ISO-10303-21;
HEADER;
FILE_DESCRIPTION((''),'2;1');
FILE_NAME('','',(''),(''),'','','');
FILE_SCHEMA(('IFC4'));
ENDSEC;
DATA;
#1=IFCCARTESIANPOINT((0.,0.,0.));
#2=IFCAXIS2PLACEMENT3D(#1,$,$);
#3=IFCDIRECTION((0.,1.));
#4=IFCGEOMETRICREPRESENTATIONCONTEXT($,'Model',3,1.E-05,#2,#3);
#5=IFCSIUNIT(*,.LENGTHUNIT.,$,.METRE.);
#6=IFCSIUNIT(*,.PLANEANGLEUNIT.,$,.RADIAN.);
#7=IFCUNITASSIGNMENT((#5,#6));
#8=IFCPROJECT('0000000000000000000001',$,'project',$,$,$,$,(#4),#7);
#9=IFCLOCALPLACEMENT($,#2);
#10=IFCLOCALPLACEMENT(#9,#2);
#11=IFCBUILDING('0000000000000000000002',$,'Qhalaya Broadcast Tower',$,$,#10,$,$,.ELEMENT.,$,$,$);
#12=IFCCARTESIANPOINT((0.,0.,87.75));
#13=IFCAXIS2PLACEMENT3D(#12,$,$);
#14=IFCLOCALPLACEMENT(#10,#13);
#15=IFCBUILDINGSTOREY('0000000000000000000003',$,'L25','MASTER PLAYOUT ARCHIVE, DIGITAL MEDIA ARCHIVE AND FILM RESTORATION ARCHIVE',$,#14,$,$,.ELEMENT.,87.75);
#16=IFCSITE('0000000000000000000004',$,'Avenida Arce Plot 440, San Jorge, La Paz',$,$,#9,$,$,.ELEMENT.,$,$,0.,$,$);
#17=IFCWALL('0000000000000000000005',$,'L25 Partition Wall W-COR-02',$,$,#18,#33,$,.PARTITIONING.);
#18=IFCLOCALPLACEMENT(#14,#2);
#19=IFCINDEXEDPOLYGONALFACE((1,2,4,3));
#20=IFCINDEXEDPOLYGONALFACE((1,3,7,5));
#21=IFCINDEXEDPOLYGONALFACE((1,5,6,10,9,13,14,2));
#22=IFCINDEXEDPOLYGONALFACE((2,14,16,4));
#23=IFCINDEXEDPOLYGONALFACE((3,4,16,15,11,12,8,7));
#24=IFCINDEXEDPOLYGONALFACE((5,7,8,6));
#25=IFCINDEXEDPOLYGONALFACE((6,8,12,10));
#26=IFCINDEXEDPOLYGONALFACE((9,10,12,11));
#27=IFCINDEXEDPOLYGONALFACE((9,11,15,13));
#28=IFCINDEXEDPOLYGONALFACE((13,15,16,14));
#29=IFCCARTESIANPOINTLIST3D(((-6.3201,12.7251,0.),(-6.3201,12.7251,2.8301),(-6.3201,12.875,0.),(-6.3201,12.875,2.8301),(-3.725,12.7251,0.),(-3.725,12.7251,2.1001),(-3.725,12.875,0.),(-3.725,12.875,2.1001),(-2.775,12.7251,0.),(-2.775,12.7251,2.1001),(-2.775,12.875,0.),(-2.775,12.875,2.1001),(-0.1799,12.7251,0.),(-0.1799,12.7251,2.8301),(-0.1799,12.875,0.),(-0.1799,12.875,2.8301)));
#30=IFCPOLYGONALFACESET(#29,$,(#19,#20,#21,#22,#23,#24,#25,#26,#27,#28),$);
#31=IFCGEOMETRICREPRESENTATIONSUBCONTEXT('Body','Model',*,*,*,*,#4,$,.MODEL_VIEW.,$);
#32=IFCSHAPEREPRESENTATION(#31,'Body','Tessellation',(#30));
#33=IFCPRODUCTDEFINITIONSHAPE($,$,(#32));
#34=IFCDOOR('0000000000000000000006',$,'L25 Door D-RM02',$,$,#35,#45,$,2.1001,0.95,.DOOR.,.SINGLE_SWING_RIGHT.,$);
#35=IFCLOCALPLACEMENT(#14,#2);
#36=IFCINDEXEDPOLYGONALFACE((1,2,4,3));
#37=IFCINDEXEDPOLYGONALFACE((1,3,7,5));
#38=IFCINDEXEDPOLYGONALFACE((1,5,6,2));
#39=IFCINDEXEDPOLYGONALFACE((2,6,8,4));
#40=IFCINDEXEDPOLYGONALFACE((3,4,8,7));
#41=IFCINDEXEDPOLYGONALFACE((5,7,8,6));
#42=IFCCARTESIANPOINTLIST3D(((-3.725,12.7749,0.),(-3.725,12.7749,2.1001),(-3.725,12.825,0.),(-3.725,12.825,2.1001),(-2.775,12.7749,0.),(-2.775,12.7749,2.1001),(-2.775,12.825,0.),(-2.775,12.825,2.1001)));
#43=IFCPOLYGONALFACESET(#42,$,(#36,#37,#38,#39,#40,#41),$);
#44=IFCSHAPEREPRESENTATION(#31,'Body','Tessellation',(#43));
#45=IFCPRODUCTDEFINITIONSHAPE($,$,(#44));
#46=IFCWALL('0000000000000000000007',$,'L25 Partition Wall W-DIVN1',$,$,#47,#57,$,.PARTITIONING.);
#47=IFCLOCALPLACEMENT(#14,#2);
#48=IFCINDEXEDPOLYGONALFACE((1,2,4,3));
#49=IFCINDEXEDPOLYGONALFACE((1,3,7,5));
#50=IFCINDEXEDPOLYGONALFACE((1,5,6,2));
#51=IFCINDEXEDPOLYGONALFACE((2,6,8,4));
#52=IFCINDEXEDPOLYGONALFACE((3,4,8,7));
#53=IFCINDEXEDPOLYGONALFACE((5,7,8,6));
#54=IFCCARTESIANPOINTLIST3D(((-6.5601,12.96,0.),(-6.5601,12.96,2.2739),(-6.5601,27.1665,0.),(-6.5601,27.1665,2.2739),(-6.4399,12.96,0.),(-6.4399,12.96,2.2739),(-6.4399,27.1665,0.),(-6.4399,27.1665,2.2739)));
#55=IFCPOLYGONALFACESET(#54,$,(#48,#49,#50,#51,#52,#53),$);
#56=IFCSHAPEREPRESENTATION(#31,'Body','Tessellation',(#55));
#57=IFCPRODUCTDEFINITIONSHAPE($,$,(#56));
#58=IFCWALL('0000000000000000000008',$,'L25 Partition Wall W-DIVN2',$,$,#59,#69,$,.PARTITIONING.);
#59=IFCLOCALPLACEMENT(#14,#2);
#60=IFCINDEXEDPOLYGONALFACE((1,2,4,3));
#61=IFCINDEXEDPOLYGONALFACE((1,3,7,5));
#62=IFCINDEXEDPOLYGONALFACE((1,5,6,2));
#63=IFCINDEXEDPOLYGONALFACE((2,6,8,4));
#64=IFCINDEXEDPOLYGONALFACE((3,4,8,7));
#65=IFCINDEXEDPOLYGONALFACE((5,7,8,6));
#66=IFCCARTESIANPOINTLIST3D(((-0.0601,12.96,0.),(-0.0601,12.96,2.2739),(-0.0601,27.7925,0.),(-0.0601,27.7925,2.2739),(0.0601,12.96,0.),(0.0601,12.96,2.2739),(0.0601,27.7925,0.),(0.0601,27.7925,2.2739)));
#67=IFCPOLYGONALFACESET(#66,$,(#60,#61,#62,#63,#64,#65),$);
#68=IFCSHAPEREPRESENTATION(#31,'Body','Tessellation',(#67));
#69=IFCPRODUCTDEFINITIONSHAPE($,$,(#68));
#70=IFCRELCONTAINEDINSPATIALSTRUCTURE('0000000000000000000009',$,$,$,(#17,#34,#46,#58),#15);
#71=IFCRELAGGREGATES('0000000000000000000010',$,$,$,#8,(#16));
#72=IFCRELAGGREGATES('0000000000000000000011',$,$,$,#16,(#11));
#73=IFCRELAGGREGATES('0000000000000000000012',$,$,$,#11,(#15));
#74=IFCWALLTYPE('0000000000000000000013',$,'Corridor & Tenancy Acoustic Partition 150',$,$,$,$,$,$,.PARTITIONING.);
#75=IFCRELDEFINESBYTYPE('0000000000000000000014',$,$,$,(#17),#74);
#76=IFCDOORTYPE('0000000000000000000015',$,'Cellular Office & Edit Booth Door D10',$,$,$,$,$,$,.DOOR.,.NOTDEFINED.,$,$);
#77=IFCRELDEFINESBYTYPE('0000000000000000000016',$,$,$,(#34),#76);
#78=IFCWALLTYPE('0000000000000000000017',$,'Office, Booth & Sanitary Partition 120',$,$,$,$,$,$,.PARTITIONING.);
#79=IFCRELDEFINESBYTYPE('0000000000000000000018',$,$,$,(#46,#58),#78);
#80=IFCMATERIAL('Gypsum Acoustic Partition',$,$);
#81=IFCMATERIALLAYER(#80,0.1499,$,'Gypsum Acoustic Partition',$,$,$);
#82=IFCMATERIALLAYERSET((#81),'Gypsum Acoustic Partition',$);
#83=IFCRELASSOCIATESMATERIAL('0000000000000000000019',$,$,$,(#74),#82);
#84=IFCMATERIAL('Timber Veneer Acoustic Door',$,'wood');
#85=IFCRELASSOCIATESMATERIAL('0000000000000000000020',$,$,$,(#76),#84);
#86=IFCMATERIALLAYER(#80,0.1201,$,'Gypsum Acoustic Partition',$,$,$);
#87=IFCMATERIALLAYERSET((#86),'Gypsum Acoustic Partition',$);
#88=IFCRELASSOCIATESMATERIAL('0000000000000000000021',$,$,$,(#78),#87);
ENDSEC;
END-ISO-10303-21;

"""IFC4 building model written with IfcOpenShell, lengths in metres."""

from ifc_helpers import new_model, si_unit, direction, frame, frame_2d, origin, place, context, subcontext, project, spatial, rectangle, extrude, material, layer, layer_set, type_object, element, fill, save


model = new_model("IFC4")

# Units and contexts
model_context = context("Model", 3, precision=1e-05, world=origin(), true_north=direction((0.0, 1.0)))
body_context = subcontext(model_context, "Body", "Model", "MODEL_VIEW")
ifc_project = project(units=[si_unit("LENGTHUNIT", "METRE"), si_unit("PLANEANGLEUNIT", "RADIAN")], contexts=[model_context])

# Site, building, storey
site_placement = place(None, origin())
site = spatial("IfcSite", under=ifc_project, at=site_placement, Name="Avenida Arce Plot 440, San Jorge, La Paz", CompositionType="ELEMENT", RefElevation=0.0)
building_placement = place(site_placement, origin())
building = spatial("IfcBuilding", under=site, at=building_placement, Name="Qhalaya Broadcast Tower", CompositionType="ELEMENT")
storey_placement = place(building_placement, frame((0.0, 0.0, 87.75)))
storey = spatial("IfcBuildingStorey", under=building, at=storey_placement, Name="L25", Description="MASTER PLAYOUT ARCHIVE, DIGITAL MEDIA ARCHIVE AND FILM RESTORATION ARCHIVE", CompositionType="ELEMENT", Elevation=87.75)

# Wall, opening, door
ifc_material_1 = material(Name="Gypsum Acoustic Partition")
ifc_layer_1 = layer(ifc_material_1, 0.1499, Name="Gypsum Acoustic Partition")
ifc_layer_set_1 = layer_set([ifc_layer_1], Name="Gypsum Acoustic Partition")
wall_type_1 = type_object("IfcWallType", Name="Corridor & Tenancy Acoustic Partition 150", PredefinedType="PARTITIONING", material=ifc_layer_set_1)
ifc_material_2 = material(Name="Timber Veneer Acoustic Door", Category="wood")
door_type = type_object("IfcDoorType", Name="Cellular Office & Edit Booth Door D10", OperationType="NOTDEFINED", PredefinedType="DOOR", material=ifc_material_2)
wall_1_placement = place(storey_placement, frame((-6.3201, 12.8, 0.0), z_axis=(0.0, 0.0, 1.0), x_axis=(1.0, 0.0, 0.0)))
wall_1 = element("IfcWall", 1, at=wall_1_placement, inside=storey, type_object=wall_type_1, Name="L25 Partition Wall W-COR-02", PredefinedType="PARTITIONING", context=body_context, shape_type="SweptSolid", body=[
    extrude(rectangle(XDim=6.1401, YDim=0.1499, at=frame_2d((3.0701, 0.0))), origin(), (0.0, 0.0, 1.0), 2.8301),
])
opening_1_placement = place(wall_1_placement, frame((2.595, 0.0, 0.0)))
opening_1 = element("IfcOpeningElement", 2, at=opening_1_placement, cuts=wall_1, PredefinedType="OPENING", context=body_context, shape_type="SweptSolid", body=[
    extrude(rectangle(XDim=0.95, YDim=2.1001, at=frame_2d((0.4751, 1.05))), frame((0.0, 0.0869, 0.0), z_axis=(0.0, -1.0, 0.0), x_axis=(1.0, 0.0, 0.0)), (0.0, 0.0, 1.0), 0.1738),
])
door_1_placement = place(opening_1_placement, origin())
door_1 = element("IfcDoor", 3, at=door_1_placement, inside=storey, type_object=door_type, Name="L25 Door D-RM02", OperationType="SINGLE_SWING_RIGHT", OverallHeight=2.1001, OverallWidth=0.95, PredefinedType="DOOR", context=body_context, shape_type="SweptSolid", body=[
    extrude(rectangle(XDim=0.95, YDim=2.1001, at=frame_2d((0.4751, 1.05))), frame((0.0, 0.0249, 0.0), z_axis=(0.0, -1.0, 0.0), x_axis=(1.0, 0.0, 0.0)), (0.0, 0.0, 1.0), 0.05),
])
fill(opening_1, door_1)

# Walls
ifc_layer_2 = layer(ifc_material_1, 0.1201, Name="Gypsum Acoustic Partition")
ifc_layer_set_2 = layer_set([ifc_layer_2], Name="Gypsum Acoustic Partition")
wall_type_2 = type_object("IfcWallType", Name="Office, Booth & Sanitary Partition 120", PredefinedType="PARTITIONING", material=ifc_layer_set_2)
wall_2_placement = place(storey_placement, frame((-6.5, 12.96, 0.0), z_axis=(0.0, 0.0, 1.0), x_axis=(0.0, 1.0, 0.0)))
element("IfcWall", 4, at=wall_2_placement, inside=storey, type_object=wall_type_2, Name="L25 Partition Wall W-DIVN1", PredefinedType="PARTITIONING", context=body_context, shape_type="SweptSolid", body=[
    extrude(rectangle(XDim=14.2065, YDim=0.1201, at=frame_2d((7.1033, 0.0))), origin(), (0.0, 0.0, 1.0), 2.2739),
])
wall_3_placement = place(storey_placement, frame((0.0, 12.96, 0.0), z_axis=(0.0, 0.0, 1.0), x_axis=(0.0, 1.0, 0.0)))
element("IfcWall", 5, at=wall_3_placement, inside=storey, type_object=wall_type_2, Name="L25 Partition Wall W-DIVN2", PredefinedType="PARTITIONING", context=body_context, shape_type="SweptSolid", body=[
    extrude(rectangle(XDim=14.8325, YDim=0.1201, at=frame_2d((7.4163, 0.0))), origin(), (0.0, 0.0, 1.0), 2.2739),
])

save(model, "model.ifc")
